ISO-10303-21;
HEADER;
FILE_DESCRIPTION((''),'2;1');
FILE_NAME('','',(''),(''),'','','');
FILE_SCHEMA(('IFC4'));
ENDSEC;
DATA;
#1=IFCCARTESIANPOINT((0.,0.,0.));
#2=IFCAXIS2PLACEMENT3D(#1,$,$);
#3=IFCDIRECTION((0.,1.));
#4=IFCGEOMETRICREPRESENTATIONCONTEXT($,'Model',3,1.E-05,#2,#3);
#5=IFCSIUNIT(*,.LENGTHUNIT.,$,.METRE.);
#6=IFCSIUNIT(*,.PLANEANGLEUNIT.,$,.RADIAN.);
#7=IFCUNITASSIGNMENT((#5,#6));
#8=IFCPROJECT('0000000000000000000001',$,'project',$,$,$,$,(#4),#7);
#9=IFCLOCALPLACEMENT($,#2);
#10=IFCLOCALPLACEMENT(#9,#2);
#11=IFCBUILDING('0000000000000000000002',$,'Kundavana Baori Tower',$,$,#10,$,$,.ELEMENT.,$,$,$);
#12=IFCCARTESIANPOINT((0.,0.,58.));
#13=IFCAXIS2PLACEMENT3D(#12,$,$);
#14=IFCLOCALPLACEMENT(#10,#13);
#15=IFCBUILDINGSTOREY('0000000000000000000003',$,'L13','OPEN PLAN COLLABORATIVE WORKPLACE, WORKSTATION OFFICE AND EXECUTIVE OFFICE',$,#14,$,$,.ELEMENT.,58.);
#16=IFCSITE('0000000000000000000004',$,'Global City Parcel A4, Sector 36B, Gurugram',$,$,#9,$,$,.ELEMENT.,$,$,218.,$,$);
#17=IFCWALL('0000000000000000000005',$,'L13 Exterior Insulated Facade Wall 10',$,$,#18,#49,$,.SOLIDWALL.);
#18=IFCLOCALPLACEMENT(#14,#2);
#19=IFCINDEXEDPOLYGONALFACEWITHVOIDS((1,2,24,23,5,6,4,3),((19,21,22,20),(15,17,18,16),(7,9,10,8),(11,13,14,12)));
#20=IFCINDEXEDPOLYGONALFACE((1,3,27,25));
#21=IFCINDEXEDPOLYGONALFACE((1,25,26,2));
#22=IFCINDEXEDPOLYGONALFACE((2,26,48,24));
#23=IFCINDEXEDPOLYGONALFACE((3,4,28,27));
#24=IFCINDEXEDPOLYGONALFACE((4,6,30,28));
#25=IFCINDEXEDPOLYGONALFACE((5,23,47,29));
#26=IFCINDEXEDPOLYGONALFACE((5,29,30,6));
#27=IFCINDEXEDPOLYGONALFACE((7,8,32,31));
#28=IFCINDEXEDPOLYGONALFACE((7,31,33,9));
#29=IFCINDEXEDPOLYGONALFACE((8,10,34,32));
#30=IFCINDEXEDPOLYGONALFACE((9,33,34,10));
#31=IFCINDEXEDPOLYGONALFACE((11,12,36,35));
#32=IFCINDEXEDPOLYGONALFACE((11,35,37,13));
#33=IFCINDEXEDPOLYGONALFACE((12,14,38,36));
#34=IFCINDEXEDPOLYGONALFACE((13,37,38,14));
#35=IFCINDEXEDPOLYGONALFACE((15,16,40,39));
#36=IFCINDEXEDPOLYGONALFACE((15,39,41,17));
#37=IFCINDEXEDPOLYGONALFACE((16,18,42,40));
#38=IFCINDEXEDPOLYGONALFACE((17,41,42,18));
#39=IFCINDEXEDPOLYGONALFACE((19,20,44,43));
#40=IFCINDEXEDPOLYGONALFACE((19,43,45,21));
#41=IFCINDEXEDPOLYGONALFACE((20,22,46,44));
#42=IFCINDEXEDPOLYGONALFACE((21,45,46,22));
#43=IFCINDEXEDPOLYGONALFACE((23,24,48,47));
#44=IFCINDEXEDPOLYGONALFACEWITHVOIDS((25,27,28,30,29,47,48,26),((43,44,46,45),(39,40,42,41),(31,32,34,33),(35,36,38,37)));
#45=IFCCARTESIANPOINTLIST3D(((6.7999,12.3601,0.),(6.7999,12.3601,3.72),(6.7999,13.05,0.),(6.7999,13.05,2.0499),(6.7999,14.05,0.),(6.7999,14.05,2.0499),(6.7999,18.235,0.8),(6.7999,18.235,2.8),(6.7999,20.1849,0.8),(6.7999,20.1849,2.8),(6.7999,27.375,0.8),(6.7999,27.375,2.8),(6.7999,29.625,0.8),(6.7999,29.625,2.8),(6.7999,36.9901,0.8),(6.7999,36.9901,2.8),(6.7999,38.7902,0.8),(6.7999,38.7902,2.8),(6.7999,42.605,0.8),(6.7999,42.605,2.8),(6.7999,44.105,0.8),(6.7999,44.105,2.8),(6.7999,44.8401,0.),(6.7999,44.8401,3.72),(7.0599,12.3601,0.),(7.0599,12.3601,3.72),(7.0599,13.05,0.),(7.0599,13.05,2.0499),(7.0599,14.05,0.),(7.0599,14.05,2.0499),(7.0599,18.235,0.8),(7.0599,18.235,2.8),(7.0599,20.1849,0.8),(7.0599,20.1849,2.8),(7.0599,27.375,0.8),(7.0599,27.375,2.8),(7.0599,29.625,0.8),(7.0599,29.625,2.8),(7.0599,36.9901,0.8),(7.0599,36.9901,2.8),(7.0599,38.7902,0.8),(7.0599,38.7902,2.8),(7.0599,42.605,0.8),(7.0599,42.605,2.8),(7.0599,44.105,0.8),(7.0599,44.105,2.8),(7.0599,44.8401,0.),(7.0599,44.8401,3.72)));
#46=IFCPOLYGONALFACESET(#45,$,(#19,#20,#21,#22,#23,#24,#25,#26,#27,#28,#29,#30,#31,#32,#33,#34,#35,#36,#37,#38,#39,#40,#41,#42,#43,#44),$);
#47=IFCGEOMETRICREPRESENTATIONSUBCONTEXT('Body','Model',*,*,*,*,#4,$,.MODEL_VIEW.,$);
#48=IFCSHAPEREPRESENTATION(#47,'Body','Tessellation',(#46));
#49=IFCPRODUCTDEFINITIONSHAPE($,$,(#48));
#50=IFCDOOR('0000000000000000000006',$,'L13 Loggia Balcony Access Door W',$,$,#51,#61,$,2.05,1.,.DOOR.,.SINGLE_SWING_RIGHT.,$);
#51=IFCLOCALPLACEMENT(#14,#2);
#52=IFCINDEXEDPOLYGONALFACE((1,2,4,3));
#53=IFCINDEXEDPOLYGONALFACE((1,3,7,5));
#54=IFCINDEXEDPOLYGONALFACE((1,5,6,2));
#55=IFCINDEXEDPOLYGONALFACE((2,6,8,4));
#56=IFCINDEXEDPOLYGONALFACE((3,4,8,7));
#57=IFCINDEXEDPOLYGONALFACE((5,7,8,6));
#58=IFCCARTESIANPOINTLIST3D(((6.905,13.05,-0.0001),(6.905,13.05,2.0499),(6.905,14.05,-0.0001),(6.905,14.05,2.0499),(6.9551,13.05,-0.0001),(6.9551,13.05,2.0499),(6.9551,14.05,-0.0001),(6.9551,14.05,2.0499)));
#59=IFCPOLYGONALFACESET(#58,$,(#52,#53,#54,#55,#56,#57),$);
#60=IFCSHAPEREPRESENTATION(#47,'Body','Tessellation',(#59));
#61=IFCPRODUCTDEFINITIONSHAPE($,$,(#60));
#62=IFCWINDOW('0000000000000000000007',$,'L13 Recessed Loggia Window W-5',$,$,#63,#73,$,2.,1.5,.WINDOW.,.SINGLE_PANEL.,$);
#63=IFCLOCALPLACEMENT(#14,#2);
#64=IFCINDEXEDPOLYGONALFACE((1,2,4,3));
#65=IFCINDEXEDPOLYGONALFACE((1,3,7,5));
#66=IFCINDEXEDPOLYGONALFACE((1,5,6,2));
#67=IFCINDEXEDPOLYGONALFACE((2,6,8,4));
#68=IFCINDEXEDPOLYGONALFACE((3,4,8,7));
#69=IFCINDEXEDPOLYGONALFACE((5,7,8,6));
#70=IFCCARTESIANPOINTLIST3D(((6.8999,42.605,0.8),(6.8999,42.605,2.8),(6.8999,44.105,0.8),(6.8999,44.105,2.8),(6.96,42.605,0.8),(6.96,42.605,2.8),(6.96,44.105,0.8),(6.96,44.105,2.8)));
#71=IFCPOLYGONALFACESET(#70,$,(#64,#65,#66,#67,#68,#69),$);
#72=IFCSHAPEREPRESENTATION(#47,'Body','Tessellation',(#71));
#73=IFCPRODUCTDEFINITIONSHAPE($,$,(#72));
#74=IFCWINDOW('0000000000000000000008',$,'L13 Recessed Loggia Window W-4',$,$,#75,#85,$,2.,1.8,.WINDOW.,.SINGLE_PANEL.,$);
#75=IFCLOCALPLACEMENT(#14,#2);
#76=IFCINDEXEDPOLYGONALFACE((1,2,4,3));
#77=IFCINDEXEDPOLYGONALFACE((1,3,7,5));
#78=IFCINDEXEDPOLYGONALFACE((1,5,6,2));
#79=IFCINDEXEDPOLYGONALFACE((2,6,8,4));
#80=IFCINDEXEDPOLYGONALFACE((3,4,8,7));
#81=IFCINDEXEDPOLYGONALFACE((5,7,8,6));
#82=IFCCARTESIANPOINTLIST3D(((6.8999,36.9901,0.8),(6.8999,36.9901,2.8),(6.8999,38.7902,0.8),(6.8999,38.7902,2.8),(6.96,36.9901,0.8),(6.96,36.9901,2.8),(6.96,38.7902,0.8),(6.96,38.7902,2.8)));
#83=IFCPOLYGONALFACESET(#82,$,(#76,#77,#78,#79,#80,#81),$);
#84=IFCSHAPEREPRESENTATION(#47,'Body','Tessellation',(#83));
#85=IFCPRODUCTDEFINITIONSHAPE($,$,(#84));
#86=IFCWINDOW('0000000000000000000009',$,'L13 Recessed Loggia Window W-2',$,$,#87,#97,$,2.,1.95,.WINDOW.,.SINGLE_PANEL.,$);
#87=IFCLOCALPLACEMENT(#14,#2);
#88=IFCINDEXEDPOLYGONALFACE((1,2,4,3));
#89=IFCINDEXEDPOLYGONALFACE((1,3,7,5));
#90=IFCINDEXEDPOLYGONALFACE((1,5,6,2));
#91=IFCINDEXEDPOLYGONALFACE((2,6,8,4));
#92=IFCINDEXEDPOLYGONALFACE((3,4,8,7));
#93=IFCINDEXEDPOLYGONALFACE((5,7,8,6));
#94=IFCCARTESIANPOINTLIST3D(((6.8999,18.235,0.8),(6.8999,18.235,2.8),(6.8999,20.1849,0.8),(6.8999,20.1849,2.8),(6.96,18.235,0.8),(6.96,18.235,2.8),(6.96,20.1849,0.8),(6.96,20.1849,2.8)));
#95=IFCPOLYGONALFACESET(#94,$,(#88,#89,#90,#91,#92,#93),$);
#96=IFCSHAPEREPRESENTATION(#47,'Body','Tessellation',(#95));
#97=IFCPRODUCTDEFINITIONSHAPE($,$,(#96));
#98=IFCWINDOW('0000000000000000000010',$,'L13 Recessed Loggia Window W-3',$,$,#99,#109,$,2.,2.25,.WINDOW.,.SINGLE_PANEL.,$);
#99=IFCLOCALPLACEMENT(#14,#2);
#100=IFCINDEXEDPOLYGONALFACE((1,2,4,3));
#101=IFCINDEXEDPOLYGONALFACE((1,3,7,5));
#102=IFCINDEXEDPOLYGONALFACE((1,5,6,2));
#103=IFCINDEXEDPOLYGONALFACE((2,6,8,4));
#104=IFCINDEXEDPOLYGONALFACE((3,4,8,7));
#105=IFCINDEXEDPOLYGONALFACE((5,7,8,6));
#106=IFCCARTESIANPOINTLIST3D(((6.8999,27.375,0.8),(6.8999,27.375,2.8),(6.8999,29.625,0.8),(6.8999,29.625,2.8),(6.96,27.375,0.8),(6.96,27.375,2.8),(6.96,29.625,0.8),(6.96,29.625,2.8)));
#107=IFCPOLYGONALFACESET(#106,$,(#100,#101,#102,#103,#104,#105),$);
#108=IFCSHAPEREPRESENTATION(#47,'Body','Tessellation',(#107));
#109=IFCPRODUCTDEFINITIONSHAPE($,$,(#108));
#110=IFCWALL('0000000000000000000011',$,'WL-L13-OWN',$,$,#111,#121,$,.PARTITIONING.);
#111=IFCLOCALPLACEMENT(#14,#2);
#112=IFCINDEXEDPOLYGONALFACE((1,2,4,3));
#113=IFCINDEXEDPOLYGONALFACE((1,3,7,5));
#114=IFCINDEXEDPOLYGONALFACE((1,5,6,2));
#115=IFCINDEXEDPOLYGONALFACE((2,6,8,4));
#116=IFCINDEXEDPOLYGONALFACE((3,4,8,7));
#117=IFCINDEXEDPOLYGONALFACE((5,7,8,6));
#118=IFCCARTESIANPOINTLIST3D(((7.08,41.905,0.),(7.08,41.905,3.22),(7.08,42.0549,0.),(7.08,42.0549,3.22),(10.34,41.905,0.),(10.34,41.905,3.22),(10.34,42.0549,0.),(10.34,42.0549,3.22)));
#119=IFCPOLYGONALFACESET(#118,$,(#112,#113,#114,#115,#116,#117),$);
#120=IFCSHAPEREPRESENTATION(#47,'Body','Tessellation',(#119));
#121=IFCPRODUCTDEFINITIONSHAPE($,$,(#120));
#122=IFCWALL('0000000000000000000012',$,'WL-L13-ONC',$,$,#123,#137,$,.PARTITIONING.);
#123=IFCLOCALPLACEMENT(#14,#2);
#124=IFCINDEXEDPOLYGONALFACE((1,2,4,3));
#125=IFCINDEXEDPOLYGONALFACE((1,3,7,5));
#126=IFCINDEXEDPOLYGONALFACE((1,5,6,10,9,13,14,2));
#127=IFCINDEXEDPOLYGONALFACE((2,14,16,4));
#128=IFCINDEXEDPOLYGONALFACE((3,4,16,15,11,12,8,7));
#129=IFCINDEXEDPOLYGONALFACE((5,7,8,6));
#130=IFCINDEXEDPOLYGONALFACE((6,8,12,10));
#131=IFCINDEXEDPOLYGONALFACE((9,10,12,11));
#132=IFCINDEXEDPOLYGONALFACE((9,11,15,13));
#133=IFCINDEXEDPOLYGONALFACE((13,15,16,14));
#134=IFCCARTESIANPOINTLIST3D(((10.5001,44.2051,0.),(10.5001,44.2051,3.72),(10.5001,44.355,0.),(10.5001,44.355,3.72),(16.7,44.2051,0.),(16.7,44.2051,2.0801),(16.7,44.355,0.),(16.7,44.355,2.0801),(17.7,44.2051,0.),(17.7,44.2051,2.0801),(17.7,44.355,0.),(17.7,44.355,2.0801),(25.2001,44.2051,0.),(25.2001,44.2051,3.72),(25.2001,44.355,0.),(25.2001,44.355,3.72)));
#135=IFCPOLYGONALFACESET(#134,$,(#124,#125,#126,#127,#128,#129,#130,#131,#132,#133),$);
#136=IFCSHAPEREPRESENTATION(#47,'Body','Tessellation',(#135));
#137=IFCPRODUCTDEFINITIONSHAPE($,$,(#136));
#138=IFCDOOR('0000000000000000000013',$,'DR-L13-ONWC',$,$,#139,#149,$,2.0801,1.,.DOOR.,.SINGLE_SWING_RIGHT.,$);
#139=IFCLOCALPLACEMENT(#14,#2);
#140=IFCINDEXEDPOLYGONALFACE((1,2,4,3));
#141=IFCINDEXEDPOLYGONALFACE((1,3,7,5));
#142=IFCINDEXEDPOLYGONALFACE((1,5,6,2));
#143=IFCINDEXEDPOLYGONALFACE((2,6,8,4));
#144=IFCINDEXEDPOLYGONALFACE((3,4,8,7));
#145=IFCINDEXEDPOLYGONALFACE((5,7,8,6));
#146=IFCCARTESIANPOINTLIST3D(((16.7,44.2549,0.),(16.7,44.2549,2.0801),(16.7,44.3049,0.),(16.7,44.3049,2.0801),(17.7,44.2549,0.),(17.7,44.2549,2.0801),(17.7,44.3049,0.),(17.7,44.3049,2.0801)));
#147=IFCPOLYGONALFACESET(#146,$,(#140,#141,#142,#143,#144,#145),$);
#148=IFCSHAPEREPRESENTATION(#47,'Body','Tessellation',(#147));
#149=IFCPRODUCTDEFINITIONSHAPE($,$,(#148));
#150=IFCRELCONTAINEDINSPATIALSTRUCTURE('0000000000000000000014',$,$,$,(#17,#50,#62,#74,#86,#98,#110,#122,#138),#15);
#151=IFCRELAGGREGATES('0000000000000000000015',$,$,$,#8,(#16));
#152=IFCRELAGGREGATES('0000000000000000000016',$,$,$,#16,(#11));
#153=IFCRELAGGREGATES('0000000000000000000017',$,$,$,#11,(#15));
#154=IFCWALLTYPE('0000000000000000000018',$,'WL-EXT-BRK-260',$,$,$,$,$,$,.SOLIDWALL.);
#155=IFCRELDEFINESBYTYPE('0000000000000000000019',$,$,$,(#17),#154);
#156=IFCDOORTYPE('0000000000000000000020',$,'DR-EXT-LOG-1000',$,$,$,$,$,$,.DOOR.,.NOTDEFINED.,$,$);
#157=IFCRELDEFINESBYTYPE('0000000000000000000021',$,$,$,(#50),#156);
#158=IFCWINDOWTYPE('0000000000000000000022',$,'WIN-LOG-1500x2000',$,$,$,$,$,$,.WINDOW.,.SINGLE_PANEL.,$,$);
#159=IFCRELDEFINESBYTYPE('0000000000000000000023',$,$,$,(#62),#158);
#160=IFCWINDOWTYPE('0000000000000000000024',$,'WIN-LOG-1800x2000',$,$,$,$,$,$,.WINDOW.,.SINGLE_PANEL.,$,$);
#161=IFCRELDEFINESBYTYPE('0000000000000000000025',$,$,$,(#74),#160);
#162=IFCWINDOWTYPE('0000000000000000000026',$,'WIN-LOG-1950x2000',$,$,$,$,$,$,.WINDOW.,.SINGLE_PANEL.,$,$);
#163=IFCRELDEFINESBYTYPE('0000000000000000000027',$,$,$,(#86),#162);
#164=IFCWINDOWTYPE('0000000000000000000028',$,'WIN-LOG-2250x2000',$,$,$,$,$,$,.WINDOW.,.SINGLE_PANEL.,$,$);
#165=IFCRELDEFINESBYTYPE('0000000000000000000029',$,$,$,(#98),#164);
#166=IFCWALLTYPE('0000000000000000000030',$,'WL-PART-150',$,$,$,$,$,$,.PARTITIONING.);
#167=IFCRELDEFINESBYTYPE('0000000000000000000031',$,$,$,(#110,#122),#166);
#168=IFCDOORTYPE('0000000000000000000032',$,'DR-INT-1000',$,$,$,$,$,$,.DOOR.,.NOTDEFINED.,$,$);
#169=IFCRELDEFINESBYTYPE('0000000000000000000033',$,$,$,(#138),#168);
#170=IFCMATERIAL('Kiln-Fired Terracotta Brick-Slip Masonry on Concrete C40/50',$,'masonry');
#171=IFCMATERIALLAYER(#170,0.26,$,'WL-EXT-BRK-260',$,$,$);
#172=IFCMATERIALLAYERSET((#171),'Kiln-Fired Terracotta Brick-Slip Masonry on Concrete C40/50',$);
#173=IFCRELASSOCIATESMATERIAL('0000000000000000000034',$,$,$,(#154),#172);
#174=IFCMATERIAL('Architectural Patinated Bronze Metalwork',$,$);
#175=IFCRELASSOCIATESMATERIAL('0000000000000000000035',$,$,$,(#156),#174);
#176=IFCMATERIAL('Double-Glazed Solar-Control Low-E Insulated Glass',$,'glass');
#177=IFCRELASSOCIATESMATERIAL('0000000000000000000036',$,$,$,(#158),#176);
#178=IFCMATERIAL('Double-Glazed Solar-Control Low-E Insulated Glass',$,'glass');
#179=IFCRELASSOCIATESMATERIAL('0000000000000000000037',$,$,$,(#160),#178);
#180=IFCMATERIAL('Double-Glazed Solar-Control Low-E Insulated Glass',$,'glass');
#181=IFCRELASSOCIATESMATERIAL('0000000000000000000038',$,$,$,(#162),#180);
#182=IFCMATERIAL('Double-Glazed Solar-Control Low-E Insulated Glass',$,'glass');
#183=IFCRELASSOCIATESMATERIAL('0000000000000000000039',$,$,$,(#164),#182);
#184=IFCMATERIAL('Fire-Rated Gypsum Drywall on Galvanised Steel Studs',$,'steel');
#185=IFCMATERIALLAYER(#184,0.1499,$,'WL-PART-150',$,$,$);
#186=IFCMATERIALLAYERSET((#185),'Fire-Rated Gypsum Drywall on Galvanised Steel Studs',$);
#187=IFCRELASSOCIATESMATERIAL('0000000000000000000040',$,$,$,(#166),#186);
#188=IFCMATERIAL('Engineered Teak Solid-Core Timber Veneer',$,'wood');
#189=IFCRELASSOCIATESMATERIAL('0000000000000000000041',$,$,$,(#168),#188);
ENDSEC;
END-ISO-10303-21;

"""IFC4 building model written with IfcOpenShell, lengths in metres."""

from ifc_helpers import new_model, si_unit, direction, frame, frame_2d, origin, place, context, subcontext, project, spatial, rectangle, extrude, material, layer, layer_set, type_object, element, fill, save


model = new_model("IFC4")

# Units and contexts
model_context = context("Model", 3, precision=1e-05, world=origin(), true_north=direction((0.0, 1.0)))
body_context = subcontext(model_context, "Body", "Model", "MODEL_VIEW")
ifc_project = project(units=[si_unit("LENGTHUNIT", "METRE"), si_unit("PLANEANGLEUNIT", "RADIAN")], contexts=[model_context])

# Site, building, storey
site_placement = place(None, origin())
site = spatial("IfcSite", under=ifc_project, at=site_placement, Name="Global City Parcel A4, Sector 36B, Gurugram", CompositionType="ELEMENT", RefElevation=218.0)
building_placement = place(site_placement, origin())
building = spatial("IfcBuilding", under=site, at=building_placement, Name="Kundavana Baori Tower", CompositionType="ELEMENT")
storey_placement = place(building_placement, frame((0.0, 0.0, 58.0)))
storey = spatial("IfcBuildingStorey", under=building, at=storey_placement, Name="L13", Description="OPEN PLAN COLLABORATIVE WORKPLACE, WORKSTATION OFFICE AND EXECUTIVE OFFICE", CompositionType="ELEMENT", Elevation=58.0)

# Shared definitions
ifc_material_1 = material(Name="Kiln-Fired Terracotta Brick-Slip Masonry on Concrete C40/50", Category="masonry")
ifc_layer_1 = layer(ifc_material_1, 0.26, Name="WL-EXT-BRK-260")
ifc_layer_set_1 = layer_set([ifc_layer_1], Name="Kiln-Fired Terracotta Brick-Slip Masonry on Concrete C40/50")
wall_type_1 = type_object("IfcWallType", Name="WL-EXT-BRK-260", PredefinedType="SOLIDWALL", material=ifc_layer_set_1)

# Wall, openings, door, windows
wall_1_placement = place(storey_placement, frame((6.9299, 44.8401, 0.0), z_axis=(0.0, 0.0, 1.0), x_axis=(0.0, -1.0, 0.0)))
wall_1 = element("IfcWall", 1, at=wall_1_placement, inside=storey, type_object=wall_type_1, Name="L13 Exterior Insulated Facade Wall 10", PredefinedType="SOLIDWALL", context=body_context, shape_type="SweptSolid", body=[
    extrude(rectangle(XDim=32.48, YDim=0.26, at=frame_2d((16.24, 0.0))), origin(), (0.0, 0.0, 1.0), 3.72),
])
opening_1_placement = place(wall_1_placement, frame((30.79, 0.0, 0.0)))
opening_1 = element("IfcOpeningElement", 2, at=opening_1_placement, cuts=wall_1, PredefinedType="OPENING", context=body_context, shape_type="SweptSolid", body=[
    extrude(rectangle(XDim=1.0, YDim=2.05, at=frame_2d((0.5, 1.0249))), frame((0.0, 0.1401, 0.0), z_axis=(0.0, -1.0, 0.0), x_axis=(1.0, 0.0, 0.0)), (0.0, 0.0, 1.0), 0.28),
])
opening_2_placement = place(wall_1_placement, frame((24.655, 0.0, 0.8)))
opening_2 = element("IfcOpeningElement", 3, at=opening_2_placement, cuts=wall_1, PredefinedType="OPENING", context=body_context, shape_type="SweptSolid", body=[
    extrude(rectangle(XDim=1.95, YDim=2.0, at=frame_2d((0.9751, 1.0))), frame((0.0, 0.1401, 0.0), z_axis=(0.0, -1.0, 0.0), x_axis=(1.0, 0.0, 0.0)), (0.0, 0.0, 1.0), 0.28),
])
opening_3_placement = place(wall_1_placement, frame((15.2151, 0.0, 0.8)))
opening_3 = element("IfcOpeningElement", 4, at=opening_3_placement, cuts=wall_1, PredefinedType="OPENING", context=body_context, shape_type="SweptSolid", body=[
    extrude(rectangle(XDim=2.25, YDim=2.0, at=frame_2d((1.125, 1.0))), frame((0.0, 0.1401, 0.0), z_axis=(0.0, -1.0, 0.0), x_axis=(1.0, 0.0, 0.0)), (0.0, 0.0, 1.0), 0.28),
])
opening_4_placement = place(wall_1_placement, frame((6.05, 0.0, 0.8)))
opening_4 = element("IfcOpeningElement", 5, at=opening_4_placement, cuts=wall_1, PredefinedType="OPENING", context=body_context, shape_type="SweptSolid", body=[
    extrude(rectangle(XDim=1.8, YDim=2.0, at=frame_2d((0.8999, 1.0))), frame((0.0, 0.1401, 0.0), z_axis=(0.0, -1.0, 0.0), x_axis=(1.0, 0.0, 0.0)), (0.0, 0.0, 1.0), 0.28),
])
opening_5_placement = place(wall_1_placement, frame((0.7351, 0.0, 0.8)))
opening_5 = element("IfcOpeningElement", 6, at=opening_5_placement, cuts=wall_1, PredefinedType="OPENING", context=body_context, shape_type="SweptSolid", body=[
    extrude(rectangle(XDim=1.5, YDim=2.0, at=frame_2d((0.75, 1.0))), frame((0.0, 0.1401, 0.0), z_axis=(0.0, -1.0, 0.0), x_axis=(1.0, 0.0, 0.0)), (0.0, 0.0, 1.0), 0.28),
])
ifc_material_2 = material(Name="Architectural Patinated Bronze Metalwork")
door_type_1 = type_object("IfcDoorType", Name="DR-EXT-LOG-1000", OperationType="NOTDEFINED", PredefinedType="DOOR", material=ifc_material_2)
door_1_placement = place(opening_1_placement, frame((1.0, 0.0, 0.0), z_axis=(0.0, 0.0, 1.0), x_axis=(-1.0, 0.0, 0.0)))
door_1 = element("IfcDoor", 7, at=door_1_placement, inside=storey, type_object=door_type_1, Name="L13 Loggia Balcony Access Door W", OperationType="SINGLE_SWING_RIGHT", OverallHeight=2.05, OverallWidth=1.0, PredefinedType="DOOR", context=body_context, shape_type="SweptSolid", body=[
    extrude(rectangle(XDim=1.0, YDim=2.05, at=frame_2d((0.5, 1.0249))), frame((0.0, 0.0249, 0.0), z_axis=(0.0, -1.0, 0.0), x_axis=(1.0, 0.0, 0.0)), (0.0, 0.0, 1.0), 0.05),
])
fill(opening_1, door_1)
ifc_material_3 = material(Name="Double-Glazed Solar-Control Low-E Insulated Glass", Category="glass")
window_type_1 = type_object("IfcWindowType", Name="WIN-LOG-1500x2000", PartitioningType="SINGLE_PANEL", PredefinedType="WINDOW", material=ifc_material_3)
window_1_placement = place(opening_5_placement, origin())
window_1 = element("IfcWindow", 8, at=window_1_placement, inside=storey, type_object=window_type_1, Name="L13 Recessed Loggia Window W-5", OverallHeight=2.0, OverallWidth=1.5, PartitioningType="SINGLE_PANEL", PredefinedType="WINDOW", context=body_context, shape_type="SweptSolid", body=[
    extrude(rectangle(XDim=1.5, YDim=2.0, at=frame_2d((0.75, 1.0))), frame((0.0, 0.03, 0.0), z_axis=(0.0, -1.0, 0.0), x_axis=(1.0, 0.0, 0.0)), (0.0, 0.0, 1.0), 0.0601),
])
fill(opening_5, window_1)
ifc_material_4 = material(Name="Double-Glazed Solar-Control Low-E Insulated Glass", Category="glass")
window_type_2 = type_object("IfcWindowType", Name="WIN-LOG-1800x2000", PartitioningType="SINGLE_PANEL", PredefinedType="WINDOW", material=ifc_material_4)
window_2_placement = place(opening_4_placement, origin())
window_2 = element("IfcWindow", 9, at=window_2_placement, inside=storey, type_object=window_type_2, Name="L13 Recessed Loggia Window W-4", OverallHeight=2.0, OverallWidth=1.8, PartitioningType="SINGLE_PANEL", PredefinedType="WINDOW", context=body_context, shape_type="SweptSolid", body=[
    extrude(rectangle(XDim=1.8, YDim=2.0, at=frame_2d((0.8999, 1.0))), frame((0.0, 0.03, 0.0), z_axis=(0.0, -1.0, 0.0), x_axis=(1.0, 0.0, 0.0)), (0.0, 0.0, 1.0), 0.0601),
])
fill(opening_4, window_2)
ifc_material_5 = material(Name="Double-Glazed Solar-Control Low-E Insulated Glass", Category="glass")
window_type_3 = type_object("IfcWindowType", Name="WIN-LOG-1950x2000", PartitioningType="SINGLE_PANEL", PredefinedType="WINDOW", material=ifc_material_5)
window_3_placement = place(opening_2_placement, origin())
window_3 = element("IfcWindow", 10, at=window_3_placement, inside=storey, type_object=window_type_3, Name="L13 Recessed Loggia Window W-2", OverallHeight=2.0, OverallWidth=1.95, PartitioningType="SINGLE_PANEL", PredefinedType="WINDOW", context=body_context, shape_type="SweptSolid", body=[
    extrude(rectangle(XDim=1.95, YDim=2.0, at=frame_2d((0.9751, 1.0))), frame((0.0, 0.03, 0.0), z_axis=(0.0, -1.0, 0.0), x_axis=(1.0, 0.0, 0.0)), (0.0, 0.0, 1.0), 0.0601),
])
fill(opening_2, window_3)
ifc_material_6 = material(Name="Double-Glazed Solar-Control Low-E Insulated Glass", Category="glass")
window_type_4 = type_object("IfcWindowType", Name="WIN-LOG-2250x2000", PartitioningType="SINGLE_PANEL", PredefinedType="WINDOW", material=ifc_material_6)
window_4_placement = place(opening_3_placement, origin())
window_4 = element("IfcWindow", 11, at=window_4_placement, inside=storey, type_object=window_type_4, Name="L13 Recessed Loggia Window W-3", OverallHeight=2.0, OverallWidth=2.25, PartitioningType="SINGLE_PANEL", PredefinedType="WINDOW", context=body_context, shape_type="SweptSolid", body=[
    extrude(rectangle(XDim=2.25, YDim=2.0, at=frame_2d((1.125, 1.0))), frame((0.0, 0.03, 0.0), z_axis=(0.0, -1.0, 0.0), x_axis=(1.0, 0.0, 0.0)), (0.0, 0.0, 1.0), 0.0601),
])
fill(opening_3, window_4)

# Wall
ifc_material_7 = material(Name="Fire-Rated Gypsum Drywall on Galvanised Steel Studs", Category="steel")
ifc_layer_2 = layer(ifc_material_7, 0.1499, Name="WL-PART-150")
ifc_layer_set_2 = layer_set([ifc_layer_2], Name="Fire-Rated Gypsum Drywall on Galvanised Steel Studs")
wall_type_2 = type_object("IfcWallType", Name="WL-PART-150", PredefinedType="PARTITIONING", material=ifc_layer_set_2)
wall_2_placement = place(storey_placement, frame((7.0801, 41.98, 0.0), z_axis=(0.0, 0.0, 1.0), x_axis=(1.0, 0.0, 0.0)))
element("IfcWall", 12, at=wall_2_placement, inside=storey, type_object=wall_type_2, Name="WL-L13-OWN", PredefinedType="PARTITIONING", context=body_context, shape_type="SweptSolid", body=[
    extrude(rectangle(XDim=3.26, YDim=0.1499, at=frame_2d((1.6299, 0.0))), origin(), (0.0, 0.0, 1.0), 3.22),
])

# Wall, opening, door
wall_3_placement = place(storey_placement, frame((10.5, 44.28, 0.0), z_axis=(0.0, 0.0, 1.0), x_axis=(1.0, 0.0, 0.0)))
wall_3 = element("IfcWall", 13, at=wall_3_placement, inside=storey, type_object=wall_type_2, Name="WL-L13-ONC", PredefinedType="PARTITIONING", context=body_context, shape_type="SweptSolid", body=[
    extrude(rectangle(XDim=14.7, YDim=0.1499, at=frame_2d((7.3501, 0.0))), origin(), (0.0, 0.0, 1.0), 3.72),
])
opening_6_placement = place(wall_3_placement, frame((6.2, 0.0, 0.0)))
opening_6 = element("IfcOpeningElement", 14, at=opening_6_placement, cuts=wall_3, PredefinedType="OPENING", context=body_context, shape_type="SweptSolid", body=[
    extrude(rectangle(XDim=1.0, YDim=2.0801, at=frame_2d((0.5, 1.04))), frame((0.0, 0.085, 0.0), z_axis=(0.0, -1.0, 0.0), x_axis=(1.0, 0.0, 0.0)), (0.0, 0.0, 1.0), 0.1699),
])
ifc_material_8 = material(Name="Engineered Teak Solid-Core Timber Veneer", Category="wood")
door_type_2 = type_object("IfcDoorType", Name="DR-INT-1000", OperationType="NOTDEFINED", PredefinedType="DOOR", material=ifc_material_8)
door_2_placement = place(opening_6_placement, origin())
door_2 = element("IfcDoor", 15, at=door_2_placement, inside=storey, type_object=door_type_2, Name="DR-L13-ONWC", OperationType="SINGLE_SWING_RIGHT", OverallHeight=2.0801, OverallWidth=1.0, PredefinedType="DOOR", context=body_context, shape_type="SweptSolid", body=[
    extrude(rectangle(XDim=1.0, YDim=2.0801, at=frame_2d((0.5, 1.04))), frame((0.0, 0.0249, 0.0), z_axis=(0.0, -1.0, 0.0), x_axis=(1.0, 0.0, 0.0)), (0.0, 0.0, 1.0), 0.05),
])
fill(opening_6, door_2)

save(model, "model.ifc")
